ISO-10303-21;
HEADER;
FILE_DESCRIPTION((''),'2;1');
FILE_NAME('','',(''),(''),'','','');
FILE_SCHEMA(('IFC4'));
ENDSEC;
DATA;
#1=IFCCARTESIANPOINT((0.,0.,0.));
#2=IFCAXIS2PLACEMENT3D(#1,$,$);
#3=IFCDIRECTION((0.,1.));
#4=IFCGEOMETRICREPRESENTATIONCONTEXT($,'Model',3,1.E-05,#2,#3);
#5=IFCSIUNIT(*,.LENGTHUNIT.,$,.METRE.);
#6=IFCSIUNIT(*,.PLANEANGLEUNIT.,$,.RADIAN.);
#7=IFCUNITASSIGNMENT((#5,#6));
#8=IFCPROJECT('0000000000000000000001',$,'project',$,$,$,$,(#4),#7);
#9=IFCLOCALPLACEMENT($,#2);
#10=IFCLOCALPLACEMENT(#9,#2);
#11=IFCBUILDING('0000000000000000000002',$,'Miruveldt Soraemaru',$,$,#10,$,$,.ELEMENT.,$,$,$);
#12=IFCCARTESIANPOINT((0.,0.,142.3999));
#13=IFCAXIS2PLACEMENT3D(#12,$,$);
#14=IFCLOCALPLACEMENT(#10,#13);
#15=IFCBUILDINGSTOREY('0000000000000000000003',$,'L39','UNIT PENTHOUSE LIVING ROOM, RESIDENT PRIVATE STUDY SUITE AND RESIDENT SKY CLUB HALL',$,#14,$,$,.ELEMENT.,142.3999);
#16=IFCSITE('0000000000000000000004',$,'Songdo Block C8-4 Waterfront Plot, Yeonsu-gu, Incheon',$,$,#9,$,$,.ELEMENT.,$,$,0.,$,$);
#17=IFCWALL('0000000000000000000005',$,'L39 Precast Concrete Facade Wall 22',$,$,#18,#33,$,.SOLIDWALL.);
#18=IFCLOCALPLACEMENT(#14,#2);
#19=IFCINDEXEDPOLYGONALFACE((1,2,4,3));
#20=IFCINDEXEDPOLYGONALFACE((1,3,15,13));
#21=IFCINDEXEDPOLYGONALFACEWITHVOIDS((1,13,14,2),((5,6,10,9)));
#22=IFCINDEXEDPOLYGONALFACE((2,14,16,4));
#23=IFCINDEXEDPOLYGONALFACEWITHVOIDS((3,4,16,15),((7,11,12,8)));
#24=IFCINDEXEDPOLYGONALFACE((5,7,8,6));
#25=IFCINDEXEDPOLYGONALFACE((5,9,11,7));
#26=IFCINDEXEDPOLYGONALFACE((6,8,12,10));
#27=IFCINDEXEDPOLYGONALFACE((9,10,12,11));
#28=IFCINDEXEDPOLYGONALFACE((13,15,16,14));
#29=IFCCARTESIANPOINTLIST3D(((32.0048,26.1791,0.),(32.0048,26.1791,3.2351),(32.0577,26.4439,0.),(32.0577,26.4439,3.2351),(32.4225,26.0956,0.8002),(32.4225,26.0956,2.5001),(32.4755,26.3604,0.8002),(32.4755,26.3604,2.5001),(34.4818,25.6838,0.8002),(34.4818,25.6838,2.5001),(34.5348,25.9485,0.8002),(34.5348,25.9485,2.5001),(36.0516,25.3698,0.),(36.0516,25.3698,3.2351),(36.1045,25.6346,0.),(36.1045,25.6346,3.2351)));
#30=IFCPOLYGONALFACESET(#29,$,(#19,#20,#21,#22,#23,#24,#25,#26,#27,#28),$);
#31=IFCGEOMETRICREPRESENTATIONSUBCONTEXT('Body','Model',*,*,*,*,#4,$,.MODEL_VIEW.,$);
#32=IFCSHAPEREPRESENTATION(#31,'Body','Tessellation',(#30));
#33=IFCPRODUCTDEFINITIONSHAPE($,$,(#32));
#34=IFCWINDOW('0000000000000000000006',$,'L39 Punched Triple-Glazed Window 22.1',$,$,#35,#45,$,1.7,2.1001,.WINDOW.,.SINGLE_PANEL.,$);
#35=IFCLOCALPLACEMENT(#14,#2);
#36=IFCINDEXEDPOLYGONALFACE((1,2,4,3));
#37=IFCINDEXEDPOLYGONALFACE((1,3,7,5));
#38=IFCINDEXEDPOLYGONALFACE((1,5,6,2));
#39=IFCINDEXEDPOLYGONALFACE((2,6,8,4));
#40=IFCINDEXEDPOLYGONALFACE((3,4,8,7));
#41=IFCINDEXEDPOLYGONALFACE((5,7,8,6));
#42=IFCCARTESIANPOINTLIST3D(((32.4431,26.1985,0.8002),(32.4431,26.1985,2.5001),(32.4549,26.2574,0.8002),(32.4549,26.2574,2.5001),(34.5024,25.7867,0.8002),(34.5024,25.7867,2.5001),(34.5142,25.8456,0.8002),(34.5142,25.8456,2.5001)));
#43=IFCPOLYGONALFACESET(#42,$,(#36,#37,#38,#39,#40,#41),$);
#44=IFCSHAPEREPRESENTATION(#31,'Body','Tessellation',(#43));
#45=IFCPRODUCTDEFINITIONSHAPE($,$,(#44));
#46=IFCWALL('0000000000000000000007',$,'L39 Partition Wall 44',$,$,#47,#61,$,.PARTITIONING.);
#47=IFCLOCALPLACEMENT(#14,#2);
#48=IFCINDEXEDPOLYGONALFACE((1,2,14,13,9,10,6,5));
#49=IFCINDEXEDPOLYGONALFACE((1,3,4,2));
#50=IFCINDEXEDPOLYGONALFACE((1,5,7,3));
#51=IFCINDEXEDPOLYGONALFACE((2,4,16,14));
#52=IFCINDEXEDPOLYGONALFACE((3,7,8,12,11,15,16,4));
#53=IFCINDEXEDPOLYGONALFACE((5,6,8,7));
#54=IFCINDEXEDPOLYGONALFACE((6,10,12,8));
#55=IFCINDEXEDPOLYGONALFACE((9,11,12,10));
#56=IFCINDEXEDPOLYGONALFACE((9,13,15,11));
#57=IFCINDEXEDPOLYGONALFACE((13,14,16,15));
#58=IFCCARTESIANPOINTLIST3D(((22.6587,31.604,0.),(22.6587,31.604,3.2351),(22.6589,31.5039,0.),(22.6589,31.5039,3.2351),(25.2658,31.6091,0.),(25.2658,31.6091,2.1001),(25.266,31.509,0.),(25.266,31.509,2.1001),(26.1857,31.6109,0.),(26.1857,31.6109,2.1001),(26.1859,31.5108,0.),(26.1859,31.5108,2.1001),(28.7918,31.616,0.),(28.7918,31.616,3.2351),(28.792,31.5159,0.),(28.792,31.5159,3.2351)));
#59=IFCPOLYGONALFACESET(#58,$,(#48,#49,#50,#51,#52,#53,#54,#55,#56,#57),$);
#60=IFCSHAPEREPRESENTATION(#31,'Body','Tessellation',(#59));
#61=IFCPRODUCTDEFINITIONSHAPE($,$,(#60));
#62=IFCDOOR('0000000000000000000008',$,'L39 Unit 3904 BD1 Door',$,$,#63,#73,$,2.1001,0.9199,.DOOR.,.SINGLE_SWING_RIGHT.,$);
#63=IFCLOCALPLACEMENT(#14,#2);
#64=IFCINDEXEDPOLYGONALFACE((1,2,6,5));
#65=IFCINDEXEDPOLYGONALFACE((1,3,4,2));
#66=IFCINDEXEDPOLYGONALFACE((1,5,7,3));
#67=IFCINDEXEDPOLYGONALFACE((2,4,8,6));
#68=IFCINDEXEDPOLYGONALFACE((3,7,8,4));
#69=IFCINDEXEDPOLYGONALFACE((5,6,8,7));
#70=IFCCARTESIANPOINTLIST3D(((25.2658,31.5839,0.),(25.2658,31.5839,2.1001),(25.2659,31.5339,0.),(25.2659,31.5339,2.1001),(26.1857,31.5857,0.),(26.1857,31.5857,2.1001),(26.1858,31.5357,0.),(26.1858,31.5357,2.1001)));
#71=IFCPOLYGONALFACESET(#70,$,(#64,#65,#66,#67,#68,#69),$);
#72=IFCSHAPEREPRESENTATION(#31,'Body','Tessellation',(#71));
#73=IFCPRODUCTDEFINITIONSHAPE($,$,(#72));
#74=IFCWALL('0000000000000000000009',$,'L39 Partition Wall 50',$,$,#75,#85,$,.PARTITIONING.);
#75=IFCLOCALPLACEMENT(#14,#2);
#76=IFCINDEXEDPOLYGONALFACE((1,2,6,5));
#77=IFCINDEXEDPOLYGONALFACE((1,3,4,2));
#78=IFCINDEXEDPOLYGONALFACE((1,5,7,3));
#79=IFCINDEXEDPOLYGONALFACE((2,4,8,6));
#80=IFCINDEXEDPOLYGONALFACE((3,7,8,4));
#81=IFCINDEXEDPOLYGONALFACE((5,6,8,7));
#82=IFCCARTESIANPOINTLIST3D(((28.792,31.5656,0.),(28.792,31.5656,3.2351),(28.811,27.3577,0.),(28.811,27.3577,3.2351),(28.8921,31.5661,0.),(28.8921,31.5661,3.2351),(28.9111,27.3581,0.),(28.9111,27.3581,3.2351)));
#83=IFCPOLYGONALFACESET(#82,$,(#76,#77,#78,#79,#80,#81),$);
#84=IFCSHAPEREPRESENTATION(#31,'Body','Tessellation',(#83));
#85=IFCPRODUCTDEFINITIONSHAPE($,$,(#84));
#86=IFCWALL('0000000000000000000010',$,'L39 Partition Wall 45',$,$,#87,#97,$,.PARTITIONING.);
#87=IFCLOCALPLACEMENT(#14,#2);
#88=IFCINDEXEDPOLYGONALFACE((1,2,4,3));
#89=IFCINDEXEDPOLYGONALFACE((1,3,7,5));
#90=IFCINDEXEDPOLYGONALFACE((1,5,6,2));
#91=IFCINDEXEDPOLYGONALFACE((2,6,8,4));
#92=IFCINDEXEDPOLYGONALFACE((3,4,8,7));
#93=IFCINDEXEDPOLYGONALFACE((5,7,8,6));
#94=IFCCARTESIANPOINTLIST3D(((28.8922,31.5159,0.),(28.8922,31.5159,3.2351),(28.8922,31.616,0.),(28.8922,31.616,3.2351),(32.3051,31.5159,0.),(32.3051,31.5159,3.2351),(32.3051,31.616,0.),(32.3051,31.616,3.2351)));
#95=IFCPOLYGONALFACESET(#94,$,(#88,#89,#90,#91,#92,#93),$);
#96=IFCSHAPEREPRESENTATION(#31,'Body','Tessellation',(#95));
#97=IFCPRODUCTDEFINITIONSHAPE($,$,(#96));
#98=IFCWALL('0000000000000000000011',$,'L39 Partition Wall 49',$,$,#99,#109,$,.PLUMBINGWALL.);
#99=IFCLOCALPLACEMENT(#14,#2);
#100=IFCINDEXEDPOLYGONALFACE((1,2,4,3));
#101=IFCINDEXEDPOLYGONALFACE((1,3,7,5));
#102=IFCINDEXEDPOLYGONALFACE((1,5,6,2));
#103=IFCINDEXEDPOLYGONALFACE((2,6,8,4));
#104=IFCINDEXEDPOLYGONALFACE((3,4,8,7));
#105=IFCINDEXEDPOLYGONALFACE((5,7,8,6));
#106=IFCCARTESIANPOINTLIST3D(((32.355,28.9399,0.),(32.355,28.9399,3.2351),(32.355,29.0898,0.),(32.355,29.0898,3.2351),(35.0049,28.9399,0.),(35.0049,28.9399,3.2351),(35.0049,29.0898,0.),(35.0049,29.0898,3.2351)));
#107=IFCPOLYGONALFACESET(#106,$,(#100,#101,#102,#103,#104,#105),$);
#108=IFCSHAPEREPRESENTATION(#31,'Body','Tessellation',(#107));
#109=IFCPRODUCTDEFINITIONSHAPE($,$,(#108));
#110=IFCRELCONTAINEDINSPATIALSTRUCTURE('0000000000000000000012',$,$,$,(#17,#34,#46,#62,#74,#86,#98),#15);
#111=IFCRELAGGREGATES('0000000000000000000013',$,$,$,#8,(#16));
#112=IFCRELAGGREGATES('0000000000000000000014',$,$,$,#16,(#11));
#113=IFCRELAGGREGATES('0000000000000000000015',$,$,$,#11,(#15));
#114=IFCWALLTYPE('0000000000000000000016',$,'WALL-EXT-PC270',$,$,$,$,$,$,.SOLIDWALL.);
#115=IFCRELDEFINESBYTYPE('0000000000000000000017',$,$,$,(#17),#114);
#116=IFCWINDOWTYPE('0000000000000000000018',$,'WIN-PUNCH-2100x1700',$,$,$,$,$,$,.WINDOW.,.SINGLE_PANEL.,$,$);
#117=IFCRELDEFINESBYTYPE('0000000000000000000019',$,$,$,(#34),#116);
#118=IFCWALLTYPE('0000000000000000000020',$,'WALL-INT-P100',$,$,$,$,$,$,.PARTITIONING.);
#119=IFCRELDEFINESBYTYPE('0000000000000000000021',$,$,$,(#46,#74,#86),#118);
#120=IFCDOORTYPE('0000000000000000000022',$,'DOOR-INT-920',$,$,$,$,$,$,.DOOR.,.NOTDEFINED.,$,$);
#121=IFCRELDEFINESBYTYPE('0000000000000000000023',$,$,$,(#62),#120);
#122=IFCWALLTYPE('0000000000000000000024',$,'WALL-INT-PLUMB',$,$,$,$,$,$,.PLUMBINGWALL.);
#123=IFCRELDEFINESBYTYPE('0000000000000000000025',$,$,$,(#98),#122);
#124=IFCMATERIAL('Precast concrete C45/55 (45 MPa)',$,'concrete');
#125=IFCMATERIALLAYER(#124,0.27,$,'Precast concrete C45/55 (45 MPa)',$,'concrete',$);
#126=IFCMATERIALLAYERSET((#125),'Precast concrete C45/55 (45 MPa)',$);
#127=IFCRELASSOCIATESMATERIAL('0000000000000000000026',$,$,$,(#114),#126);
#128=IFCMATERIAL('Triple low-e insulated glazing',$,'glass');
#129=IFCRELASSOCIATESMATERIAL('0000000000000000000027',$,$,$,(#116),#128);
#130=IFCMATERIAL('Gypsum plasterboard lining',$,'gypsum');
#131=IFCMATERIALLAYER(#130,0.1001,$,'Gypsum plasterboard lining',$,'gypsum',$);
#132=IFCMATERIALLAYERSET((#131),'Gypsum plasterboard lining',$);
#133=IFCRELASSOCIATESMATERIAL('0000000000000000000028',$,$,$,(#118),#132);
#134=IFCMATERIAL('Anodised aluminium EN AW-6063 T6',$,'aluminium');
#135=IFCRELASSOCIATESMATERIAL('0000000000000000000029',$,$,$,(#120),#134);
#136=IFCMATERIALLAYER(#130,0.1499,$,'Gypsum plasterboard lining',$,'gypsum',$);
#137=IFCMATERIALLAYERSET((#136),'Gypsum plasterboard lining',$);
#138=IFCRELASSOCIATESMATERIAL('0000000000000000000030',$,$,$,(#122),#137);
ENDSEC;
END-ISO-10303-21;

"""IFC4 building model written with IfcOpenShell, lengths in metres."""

from ifc_helpers import new_model, si_unit, direction, frame, frame_2d, origin, place, context, subcontext, project, spatial, rectangle, extrude, material, layer, layer_set, type_object, element, fill, save


model = new_model("IFC4")

# Units and contexts
model_context = context("Model", 3, precision=1e-05, world=origin(), true_north=direction((0.0, 1.0)))
body_context = subcontext(model_context, "Body", "Model", "MODEL_VIEW")
ifc_project = project(units=[si_unit("LENGTHUNIT", "METRE"), si_unit("PLANEANGLEUNIT", "RADIAN")], contexts=[model_context])

# Site, building, storey
site_placement = place(None, origin())
site = spatial("IfcSite", under=ifc_project, at=site_placement, Name="Songdo Block C8-4 Waterfront Plot, Yeonsu-gu, Incheon", CompositionType="ELEMENT", RefElevation=0.0)
building_placement = place(site_placement, origin())
building = spatial("IfcBuilding", under=site, at=building_placement, Name="Miruveldt Soraemaru", CompositionType="ELEMENT")
storey_placement = place(building_placement, frame((0.0, 0.0, 142.3999)))
storey = spatial("IfcBuildingStorey", under=building, at=storey_placement, Name="L39", Description="UNIT PENTHOUSE LIVING ROOM, RESIDENT PRIVATE STUDY SUITE AND RESIDENT SKY CLUB HALL", CompositionType="ELEMENT", Elevation=142.3999)

# Shared definitions
ifc_material_1 = material(Name="Precast concrete C45/55 (45 MPa)", Category="concrete")

# Wall, opening, window
ifc_layer_1 = layer(ifc_material_1, 0.27, Name="Precast concrete C45/55 (45 MPa)", Category="concrete")
ifc_layer_set_1 = layer_set([ifc_layer_1], Name="Precast concrete C45/55 (45 MPa)")
wall_type_1 = type_object("IfcWallType", Name="WALL-EXT-PC270", PredefinedType="SOLIDWALL", material=ifc_layer_set_1)
ifc_material_2 = material(Name="Triple low-e insulated glazing", Category="glass")
window_type_1 = type_object("IfcWindowType", Name="WIN-PUNCH-2100x1700", PartitioningType="SINGLE_PANEL", PredefinedType="WINDOW", material=ifc_material_2)
wall_1_placement = place(storey_placement, frame((32.0312, 26.3115, 0.0), z_axis=(0.0, 0.0, 1.0), x_axis=(0.980583, -0.196105, 0.0)))
wall_1 = element("IfcWall", 1, at=wall_1_placement, inside=storey, type_object=wall_type_1, Name="L39 Precast Concrete Facade Wall 22", PredefinedType="SOLIDWALL", context=body_context, shape_type="SweptSolid", body=[
    extrude(rectangle(XDim=4.127, YDim=0.27, at=frame_2d((2.0635, 0.0))), origin(), (0.0, 0.0, 1.0), 3.2351),
])
opening_1_placement = place(wall_1_placement, frame((0.426, 0.0, 0.8)))
opening_1 = element("IfcOpeningElement", 2, at=opening_1_placement, cuts=wall_1, PredefinedType="OPENING", context=body_context, shape_type="SweptSolid", body=[
    extrude(rectangle(XDim=2.1001, YDim=1.7, at=frame_2d((1.05, 0.8501))), frame((0.0, 0.145, 0.0), z_axis=(0.0, -1.0, 0.0), x_axis=(1.0, 0.0, 0.0)), (0.0, 0.0, 1.0), 0.29),
])
window_1_placement = place(opening_1_placement, origin())
window_1 = element("IfcWindow", 3, at=window_1_placement, inside=storey, type_object=window_type_1, Name="L39 Punched Triple-Glazed Window 22.1", OverallHeight=1.7, OverallWidth=2.1001, PartitioningType="SINGLE_PANEL", PredefinedType="WINDOW", context=body_context, shape_type="SweptSolid", body=[
    extrude(rectangle(XDim=2.1001, YDim=1.7, at=frame_2d((1.05, 0.8501))), frame((0.0, 0.03, 0.0), z_axis=(0.0, -1.0, 0.0), x_axis=(1.0, 0.0, 0.0)), (0.0, 0.0, 1.0), 0.0601),
])
fill(opening_1, window_1)

# Wall, opening, door
ifc_material_3 = material(Name="Gypsum plasterboard lining", Category="gypsum")
ifc_layer_2 = layer(ifc_material_3, 0.1001, Name="Gypsum plasterboard lining", Category="gypsum")
ifc_layer_set_2 = layer_set([ifc_layer_2], Name="Gypsum plasterboard lining")
wall_type_2 = type_object("IfcWallType", Name="WALL-INT-P100", PredefinedType="PARTITIONING", material=ifc_layer_set_2)
wall_2_placement = place(storey_placement, frame((22.6589, 31.554, 0.0), z_axis=(0.0, 0.0, 1.0), x_axis=(0.999998, 0.001951, 0.0)))
wall_2 = element("IfcWall", 4, at=wall_2_placement, inside=storey, type_object=wall_type_2, Name="L39 Partition Wall 44", PredefinedType="PARTITIONING", context=body_context, shape_type="SweptSolid", body=[
    extrude(rectangle(XDim=6.1331, YDim=0.1001, at=frame_2d((3.0664, 0.0))), origin(), (0.0, 0.0, 1.0), 3.2351),
])
opening_2_placement = place(wall_2_placement, frame((2.6069, 0.0, 0.0)))
opening_2 = element("IfcOpeningElement", 5, at=opening_2_placement, cuts=wall_2, PredefinedType="OPENING", context=body_context, shape_type="SweptSolid", body=[
    extrude(rectangle(XDim=0.9199, YDim=2.1001, at=frame_2d((0.46, 1.05))), frame((0.0, 0.0601, 0.0), z_axis=(0.0, -1.0, 0.0), x_axis=(1.0, 0.0, 0.0)), (0.0, 0.0, 1.0), 0.1201),
])
ifc_material_4 = material(Name="Anodised aluminium EN AW-6063 T6", Category="aluminium")
door_type = type_object("IfcDoorType", Name="DOOR-INT-920", OperationType="NOTDEFINED", PredefinedType="DOOR", material=ifc_material_4)
door_placement = place(opening_2_placement, origin())
door = element("IfcDoor", 6, at=door_placement, inside=storey, type_object=door_type, Name="L39 Unit 3904 BD1 Door", OperationType="SINGLE_SWING_RIGHT", OverallHeight=2.1001, OverallWidth=0.9199, PredefinedType="DOOR", context=body_context, shape_type="SweptSolid", body=[
    extrude(rectangle(XDim=0.9199, YDim=2.1001, at=frame_2d((0.46, 1.05))), frame((0.0, 0.0249, 0.0), z_axis=(0.0, -1.0, 0.0), x_axis=(1.0, 0.0, 0.0)), (0.0, 0.0, 1.0), 0.05),
])
fill(opening_2, door)

# Walls
wall_3_placement = place(storey_placement, frame((28.8611, 27.3579, 0.0), z_axis=(0.0, 0.0, 1.0), x_axis=(-0.004525, 0.99999, 0.0)))
element("IfcWall", 7, at=wall_3_placement, inside=storey, type_object=wall_type_2, Name="L39 Partition Wall 50", PredefinedType="PARTITIONING", context=body_context, shape_type="SweptSolid", body=[
    extrude(rectangle(XDim=4.208, YDim=0.1001, at=frame_2d((2.104, 0.0))), origin(), (0.0, 0.0, 1.0), 3.2351),
])
wall_4_placement = place(storey_placement, frame((28.8921, 31.5659, 0.0), z_axis=(0.0, 0.0, 1.0), x_axis=(1.0, 0.0, 0.0)))
element("IfcWall", 8, at=wall_4_placement, inside=storey, type_object=wall_type_2, Name="L39 Partition Wall 45", PredefinedType="PARTITIONING", context=body_context, shape_type="SweptSolid", body=[
    extrude(rectangle(XDim=3.4128, YDim=0.1001, at=frame_2d((1.7065, 0.0))), origin(), (0.0, 0.0, 1.0), 3.2351),
])
ifc_layer_3 = layer(ifc_material_3, 0.1499, Name="Gypsum plasterboard lining", Category="gypsum")
ifc_layer_set_3 = layer_set([ifc_layer_3], Name="Gypsum plasterboard lining")
wall_type_3 = type_object("IfcWallType", Name="WALL-INT-PLUMB", PredefinedType="PLUMBINGWALL", material=ifc_layer_set_3)
wall_5_placement = place(storey_placement, frame((32.355, 29.0149, 0.0), z_axis=(0.0, 0.0, 1.0), x_axis=(1.0, 0.0, 0.0)))
element("IfcWall", 9, at=wall_5_placement, inside=storey, type_object=wall_type_3, Name="L39 Partition Wall 49", PredefinedType="PLUMBINGWALL", context=body_context, shape_type="SweptSolid", body=[
    extrude(rectangle(XDim=2.6499, YDim=0.1499, at=frame_2d((1.325, 0.0))), origin(), (0.0, 0.0, 1.0), 3.2351),
])

save(model, "model.ifc")
